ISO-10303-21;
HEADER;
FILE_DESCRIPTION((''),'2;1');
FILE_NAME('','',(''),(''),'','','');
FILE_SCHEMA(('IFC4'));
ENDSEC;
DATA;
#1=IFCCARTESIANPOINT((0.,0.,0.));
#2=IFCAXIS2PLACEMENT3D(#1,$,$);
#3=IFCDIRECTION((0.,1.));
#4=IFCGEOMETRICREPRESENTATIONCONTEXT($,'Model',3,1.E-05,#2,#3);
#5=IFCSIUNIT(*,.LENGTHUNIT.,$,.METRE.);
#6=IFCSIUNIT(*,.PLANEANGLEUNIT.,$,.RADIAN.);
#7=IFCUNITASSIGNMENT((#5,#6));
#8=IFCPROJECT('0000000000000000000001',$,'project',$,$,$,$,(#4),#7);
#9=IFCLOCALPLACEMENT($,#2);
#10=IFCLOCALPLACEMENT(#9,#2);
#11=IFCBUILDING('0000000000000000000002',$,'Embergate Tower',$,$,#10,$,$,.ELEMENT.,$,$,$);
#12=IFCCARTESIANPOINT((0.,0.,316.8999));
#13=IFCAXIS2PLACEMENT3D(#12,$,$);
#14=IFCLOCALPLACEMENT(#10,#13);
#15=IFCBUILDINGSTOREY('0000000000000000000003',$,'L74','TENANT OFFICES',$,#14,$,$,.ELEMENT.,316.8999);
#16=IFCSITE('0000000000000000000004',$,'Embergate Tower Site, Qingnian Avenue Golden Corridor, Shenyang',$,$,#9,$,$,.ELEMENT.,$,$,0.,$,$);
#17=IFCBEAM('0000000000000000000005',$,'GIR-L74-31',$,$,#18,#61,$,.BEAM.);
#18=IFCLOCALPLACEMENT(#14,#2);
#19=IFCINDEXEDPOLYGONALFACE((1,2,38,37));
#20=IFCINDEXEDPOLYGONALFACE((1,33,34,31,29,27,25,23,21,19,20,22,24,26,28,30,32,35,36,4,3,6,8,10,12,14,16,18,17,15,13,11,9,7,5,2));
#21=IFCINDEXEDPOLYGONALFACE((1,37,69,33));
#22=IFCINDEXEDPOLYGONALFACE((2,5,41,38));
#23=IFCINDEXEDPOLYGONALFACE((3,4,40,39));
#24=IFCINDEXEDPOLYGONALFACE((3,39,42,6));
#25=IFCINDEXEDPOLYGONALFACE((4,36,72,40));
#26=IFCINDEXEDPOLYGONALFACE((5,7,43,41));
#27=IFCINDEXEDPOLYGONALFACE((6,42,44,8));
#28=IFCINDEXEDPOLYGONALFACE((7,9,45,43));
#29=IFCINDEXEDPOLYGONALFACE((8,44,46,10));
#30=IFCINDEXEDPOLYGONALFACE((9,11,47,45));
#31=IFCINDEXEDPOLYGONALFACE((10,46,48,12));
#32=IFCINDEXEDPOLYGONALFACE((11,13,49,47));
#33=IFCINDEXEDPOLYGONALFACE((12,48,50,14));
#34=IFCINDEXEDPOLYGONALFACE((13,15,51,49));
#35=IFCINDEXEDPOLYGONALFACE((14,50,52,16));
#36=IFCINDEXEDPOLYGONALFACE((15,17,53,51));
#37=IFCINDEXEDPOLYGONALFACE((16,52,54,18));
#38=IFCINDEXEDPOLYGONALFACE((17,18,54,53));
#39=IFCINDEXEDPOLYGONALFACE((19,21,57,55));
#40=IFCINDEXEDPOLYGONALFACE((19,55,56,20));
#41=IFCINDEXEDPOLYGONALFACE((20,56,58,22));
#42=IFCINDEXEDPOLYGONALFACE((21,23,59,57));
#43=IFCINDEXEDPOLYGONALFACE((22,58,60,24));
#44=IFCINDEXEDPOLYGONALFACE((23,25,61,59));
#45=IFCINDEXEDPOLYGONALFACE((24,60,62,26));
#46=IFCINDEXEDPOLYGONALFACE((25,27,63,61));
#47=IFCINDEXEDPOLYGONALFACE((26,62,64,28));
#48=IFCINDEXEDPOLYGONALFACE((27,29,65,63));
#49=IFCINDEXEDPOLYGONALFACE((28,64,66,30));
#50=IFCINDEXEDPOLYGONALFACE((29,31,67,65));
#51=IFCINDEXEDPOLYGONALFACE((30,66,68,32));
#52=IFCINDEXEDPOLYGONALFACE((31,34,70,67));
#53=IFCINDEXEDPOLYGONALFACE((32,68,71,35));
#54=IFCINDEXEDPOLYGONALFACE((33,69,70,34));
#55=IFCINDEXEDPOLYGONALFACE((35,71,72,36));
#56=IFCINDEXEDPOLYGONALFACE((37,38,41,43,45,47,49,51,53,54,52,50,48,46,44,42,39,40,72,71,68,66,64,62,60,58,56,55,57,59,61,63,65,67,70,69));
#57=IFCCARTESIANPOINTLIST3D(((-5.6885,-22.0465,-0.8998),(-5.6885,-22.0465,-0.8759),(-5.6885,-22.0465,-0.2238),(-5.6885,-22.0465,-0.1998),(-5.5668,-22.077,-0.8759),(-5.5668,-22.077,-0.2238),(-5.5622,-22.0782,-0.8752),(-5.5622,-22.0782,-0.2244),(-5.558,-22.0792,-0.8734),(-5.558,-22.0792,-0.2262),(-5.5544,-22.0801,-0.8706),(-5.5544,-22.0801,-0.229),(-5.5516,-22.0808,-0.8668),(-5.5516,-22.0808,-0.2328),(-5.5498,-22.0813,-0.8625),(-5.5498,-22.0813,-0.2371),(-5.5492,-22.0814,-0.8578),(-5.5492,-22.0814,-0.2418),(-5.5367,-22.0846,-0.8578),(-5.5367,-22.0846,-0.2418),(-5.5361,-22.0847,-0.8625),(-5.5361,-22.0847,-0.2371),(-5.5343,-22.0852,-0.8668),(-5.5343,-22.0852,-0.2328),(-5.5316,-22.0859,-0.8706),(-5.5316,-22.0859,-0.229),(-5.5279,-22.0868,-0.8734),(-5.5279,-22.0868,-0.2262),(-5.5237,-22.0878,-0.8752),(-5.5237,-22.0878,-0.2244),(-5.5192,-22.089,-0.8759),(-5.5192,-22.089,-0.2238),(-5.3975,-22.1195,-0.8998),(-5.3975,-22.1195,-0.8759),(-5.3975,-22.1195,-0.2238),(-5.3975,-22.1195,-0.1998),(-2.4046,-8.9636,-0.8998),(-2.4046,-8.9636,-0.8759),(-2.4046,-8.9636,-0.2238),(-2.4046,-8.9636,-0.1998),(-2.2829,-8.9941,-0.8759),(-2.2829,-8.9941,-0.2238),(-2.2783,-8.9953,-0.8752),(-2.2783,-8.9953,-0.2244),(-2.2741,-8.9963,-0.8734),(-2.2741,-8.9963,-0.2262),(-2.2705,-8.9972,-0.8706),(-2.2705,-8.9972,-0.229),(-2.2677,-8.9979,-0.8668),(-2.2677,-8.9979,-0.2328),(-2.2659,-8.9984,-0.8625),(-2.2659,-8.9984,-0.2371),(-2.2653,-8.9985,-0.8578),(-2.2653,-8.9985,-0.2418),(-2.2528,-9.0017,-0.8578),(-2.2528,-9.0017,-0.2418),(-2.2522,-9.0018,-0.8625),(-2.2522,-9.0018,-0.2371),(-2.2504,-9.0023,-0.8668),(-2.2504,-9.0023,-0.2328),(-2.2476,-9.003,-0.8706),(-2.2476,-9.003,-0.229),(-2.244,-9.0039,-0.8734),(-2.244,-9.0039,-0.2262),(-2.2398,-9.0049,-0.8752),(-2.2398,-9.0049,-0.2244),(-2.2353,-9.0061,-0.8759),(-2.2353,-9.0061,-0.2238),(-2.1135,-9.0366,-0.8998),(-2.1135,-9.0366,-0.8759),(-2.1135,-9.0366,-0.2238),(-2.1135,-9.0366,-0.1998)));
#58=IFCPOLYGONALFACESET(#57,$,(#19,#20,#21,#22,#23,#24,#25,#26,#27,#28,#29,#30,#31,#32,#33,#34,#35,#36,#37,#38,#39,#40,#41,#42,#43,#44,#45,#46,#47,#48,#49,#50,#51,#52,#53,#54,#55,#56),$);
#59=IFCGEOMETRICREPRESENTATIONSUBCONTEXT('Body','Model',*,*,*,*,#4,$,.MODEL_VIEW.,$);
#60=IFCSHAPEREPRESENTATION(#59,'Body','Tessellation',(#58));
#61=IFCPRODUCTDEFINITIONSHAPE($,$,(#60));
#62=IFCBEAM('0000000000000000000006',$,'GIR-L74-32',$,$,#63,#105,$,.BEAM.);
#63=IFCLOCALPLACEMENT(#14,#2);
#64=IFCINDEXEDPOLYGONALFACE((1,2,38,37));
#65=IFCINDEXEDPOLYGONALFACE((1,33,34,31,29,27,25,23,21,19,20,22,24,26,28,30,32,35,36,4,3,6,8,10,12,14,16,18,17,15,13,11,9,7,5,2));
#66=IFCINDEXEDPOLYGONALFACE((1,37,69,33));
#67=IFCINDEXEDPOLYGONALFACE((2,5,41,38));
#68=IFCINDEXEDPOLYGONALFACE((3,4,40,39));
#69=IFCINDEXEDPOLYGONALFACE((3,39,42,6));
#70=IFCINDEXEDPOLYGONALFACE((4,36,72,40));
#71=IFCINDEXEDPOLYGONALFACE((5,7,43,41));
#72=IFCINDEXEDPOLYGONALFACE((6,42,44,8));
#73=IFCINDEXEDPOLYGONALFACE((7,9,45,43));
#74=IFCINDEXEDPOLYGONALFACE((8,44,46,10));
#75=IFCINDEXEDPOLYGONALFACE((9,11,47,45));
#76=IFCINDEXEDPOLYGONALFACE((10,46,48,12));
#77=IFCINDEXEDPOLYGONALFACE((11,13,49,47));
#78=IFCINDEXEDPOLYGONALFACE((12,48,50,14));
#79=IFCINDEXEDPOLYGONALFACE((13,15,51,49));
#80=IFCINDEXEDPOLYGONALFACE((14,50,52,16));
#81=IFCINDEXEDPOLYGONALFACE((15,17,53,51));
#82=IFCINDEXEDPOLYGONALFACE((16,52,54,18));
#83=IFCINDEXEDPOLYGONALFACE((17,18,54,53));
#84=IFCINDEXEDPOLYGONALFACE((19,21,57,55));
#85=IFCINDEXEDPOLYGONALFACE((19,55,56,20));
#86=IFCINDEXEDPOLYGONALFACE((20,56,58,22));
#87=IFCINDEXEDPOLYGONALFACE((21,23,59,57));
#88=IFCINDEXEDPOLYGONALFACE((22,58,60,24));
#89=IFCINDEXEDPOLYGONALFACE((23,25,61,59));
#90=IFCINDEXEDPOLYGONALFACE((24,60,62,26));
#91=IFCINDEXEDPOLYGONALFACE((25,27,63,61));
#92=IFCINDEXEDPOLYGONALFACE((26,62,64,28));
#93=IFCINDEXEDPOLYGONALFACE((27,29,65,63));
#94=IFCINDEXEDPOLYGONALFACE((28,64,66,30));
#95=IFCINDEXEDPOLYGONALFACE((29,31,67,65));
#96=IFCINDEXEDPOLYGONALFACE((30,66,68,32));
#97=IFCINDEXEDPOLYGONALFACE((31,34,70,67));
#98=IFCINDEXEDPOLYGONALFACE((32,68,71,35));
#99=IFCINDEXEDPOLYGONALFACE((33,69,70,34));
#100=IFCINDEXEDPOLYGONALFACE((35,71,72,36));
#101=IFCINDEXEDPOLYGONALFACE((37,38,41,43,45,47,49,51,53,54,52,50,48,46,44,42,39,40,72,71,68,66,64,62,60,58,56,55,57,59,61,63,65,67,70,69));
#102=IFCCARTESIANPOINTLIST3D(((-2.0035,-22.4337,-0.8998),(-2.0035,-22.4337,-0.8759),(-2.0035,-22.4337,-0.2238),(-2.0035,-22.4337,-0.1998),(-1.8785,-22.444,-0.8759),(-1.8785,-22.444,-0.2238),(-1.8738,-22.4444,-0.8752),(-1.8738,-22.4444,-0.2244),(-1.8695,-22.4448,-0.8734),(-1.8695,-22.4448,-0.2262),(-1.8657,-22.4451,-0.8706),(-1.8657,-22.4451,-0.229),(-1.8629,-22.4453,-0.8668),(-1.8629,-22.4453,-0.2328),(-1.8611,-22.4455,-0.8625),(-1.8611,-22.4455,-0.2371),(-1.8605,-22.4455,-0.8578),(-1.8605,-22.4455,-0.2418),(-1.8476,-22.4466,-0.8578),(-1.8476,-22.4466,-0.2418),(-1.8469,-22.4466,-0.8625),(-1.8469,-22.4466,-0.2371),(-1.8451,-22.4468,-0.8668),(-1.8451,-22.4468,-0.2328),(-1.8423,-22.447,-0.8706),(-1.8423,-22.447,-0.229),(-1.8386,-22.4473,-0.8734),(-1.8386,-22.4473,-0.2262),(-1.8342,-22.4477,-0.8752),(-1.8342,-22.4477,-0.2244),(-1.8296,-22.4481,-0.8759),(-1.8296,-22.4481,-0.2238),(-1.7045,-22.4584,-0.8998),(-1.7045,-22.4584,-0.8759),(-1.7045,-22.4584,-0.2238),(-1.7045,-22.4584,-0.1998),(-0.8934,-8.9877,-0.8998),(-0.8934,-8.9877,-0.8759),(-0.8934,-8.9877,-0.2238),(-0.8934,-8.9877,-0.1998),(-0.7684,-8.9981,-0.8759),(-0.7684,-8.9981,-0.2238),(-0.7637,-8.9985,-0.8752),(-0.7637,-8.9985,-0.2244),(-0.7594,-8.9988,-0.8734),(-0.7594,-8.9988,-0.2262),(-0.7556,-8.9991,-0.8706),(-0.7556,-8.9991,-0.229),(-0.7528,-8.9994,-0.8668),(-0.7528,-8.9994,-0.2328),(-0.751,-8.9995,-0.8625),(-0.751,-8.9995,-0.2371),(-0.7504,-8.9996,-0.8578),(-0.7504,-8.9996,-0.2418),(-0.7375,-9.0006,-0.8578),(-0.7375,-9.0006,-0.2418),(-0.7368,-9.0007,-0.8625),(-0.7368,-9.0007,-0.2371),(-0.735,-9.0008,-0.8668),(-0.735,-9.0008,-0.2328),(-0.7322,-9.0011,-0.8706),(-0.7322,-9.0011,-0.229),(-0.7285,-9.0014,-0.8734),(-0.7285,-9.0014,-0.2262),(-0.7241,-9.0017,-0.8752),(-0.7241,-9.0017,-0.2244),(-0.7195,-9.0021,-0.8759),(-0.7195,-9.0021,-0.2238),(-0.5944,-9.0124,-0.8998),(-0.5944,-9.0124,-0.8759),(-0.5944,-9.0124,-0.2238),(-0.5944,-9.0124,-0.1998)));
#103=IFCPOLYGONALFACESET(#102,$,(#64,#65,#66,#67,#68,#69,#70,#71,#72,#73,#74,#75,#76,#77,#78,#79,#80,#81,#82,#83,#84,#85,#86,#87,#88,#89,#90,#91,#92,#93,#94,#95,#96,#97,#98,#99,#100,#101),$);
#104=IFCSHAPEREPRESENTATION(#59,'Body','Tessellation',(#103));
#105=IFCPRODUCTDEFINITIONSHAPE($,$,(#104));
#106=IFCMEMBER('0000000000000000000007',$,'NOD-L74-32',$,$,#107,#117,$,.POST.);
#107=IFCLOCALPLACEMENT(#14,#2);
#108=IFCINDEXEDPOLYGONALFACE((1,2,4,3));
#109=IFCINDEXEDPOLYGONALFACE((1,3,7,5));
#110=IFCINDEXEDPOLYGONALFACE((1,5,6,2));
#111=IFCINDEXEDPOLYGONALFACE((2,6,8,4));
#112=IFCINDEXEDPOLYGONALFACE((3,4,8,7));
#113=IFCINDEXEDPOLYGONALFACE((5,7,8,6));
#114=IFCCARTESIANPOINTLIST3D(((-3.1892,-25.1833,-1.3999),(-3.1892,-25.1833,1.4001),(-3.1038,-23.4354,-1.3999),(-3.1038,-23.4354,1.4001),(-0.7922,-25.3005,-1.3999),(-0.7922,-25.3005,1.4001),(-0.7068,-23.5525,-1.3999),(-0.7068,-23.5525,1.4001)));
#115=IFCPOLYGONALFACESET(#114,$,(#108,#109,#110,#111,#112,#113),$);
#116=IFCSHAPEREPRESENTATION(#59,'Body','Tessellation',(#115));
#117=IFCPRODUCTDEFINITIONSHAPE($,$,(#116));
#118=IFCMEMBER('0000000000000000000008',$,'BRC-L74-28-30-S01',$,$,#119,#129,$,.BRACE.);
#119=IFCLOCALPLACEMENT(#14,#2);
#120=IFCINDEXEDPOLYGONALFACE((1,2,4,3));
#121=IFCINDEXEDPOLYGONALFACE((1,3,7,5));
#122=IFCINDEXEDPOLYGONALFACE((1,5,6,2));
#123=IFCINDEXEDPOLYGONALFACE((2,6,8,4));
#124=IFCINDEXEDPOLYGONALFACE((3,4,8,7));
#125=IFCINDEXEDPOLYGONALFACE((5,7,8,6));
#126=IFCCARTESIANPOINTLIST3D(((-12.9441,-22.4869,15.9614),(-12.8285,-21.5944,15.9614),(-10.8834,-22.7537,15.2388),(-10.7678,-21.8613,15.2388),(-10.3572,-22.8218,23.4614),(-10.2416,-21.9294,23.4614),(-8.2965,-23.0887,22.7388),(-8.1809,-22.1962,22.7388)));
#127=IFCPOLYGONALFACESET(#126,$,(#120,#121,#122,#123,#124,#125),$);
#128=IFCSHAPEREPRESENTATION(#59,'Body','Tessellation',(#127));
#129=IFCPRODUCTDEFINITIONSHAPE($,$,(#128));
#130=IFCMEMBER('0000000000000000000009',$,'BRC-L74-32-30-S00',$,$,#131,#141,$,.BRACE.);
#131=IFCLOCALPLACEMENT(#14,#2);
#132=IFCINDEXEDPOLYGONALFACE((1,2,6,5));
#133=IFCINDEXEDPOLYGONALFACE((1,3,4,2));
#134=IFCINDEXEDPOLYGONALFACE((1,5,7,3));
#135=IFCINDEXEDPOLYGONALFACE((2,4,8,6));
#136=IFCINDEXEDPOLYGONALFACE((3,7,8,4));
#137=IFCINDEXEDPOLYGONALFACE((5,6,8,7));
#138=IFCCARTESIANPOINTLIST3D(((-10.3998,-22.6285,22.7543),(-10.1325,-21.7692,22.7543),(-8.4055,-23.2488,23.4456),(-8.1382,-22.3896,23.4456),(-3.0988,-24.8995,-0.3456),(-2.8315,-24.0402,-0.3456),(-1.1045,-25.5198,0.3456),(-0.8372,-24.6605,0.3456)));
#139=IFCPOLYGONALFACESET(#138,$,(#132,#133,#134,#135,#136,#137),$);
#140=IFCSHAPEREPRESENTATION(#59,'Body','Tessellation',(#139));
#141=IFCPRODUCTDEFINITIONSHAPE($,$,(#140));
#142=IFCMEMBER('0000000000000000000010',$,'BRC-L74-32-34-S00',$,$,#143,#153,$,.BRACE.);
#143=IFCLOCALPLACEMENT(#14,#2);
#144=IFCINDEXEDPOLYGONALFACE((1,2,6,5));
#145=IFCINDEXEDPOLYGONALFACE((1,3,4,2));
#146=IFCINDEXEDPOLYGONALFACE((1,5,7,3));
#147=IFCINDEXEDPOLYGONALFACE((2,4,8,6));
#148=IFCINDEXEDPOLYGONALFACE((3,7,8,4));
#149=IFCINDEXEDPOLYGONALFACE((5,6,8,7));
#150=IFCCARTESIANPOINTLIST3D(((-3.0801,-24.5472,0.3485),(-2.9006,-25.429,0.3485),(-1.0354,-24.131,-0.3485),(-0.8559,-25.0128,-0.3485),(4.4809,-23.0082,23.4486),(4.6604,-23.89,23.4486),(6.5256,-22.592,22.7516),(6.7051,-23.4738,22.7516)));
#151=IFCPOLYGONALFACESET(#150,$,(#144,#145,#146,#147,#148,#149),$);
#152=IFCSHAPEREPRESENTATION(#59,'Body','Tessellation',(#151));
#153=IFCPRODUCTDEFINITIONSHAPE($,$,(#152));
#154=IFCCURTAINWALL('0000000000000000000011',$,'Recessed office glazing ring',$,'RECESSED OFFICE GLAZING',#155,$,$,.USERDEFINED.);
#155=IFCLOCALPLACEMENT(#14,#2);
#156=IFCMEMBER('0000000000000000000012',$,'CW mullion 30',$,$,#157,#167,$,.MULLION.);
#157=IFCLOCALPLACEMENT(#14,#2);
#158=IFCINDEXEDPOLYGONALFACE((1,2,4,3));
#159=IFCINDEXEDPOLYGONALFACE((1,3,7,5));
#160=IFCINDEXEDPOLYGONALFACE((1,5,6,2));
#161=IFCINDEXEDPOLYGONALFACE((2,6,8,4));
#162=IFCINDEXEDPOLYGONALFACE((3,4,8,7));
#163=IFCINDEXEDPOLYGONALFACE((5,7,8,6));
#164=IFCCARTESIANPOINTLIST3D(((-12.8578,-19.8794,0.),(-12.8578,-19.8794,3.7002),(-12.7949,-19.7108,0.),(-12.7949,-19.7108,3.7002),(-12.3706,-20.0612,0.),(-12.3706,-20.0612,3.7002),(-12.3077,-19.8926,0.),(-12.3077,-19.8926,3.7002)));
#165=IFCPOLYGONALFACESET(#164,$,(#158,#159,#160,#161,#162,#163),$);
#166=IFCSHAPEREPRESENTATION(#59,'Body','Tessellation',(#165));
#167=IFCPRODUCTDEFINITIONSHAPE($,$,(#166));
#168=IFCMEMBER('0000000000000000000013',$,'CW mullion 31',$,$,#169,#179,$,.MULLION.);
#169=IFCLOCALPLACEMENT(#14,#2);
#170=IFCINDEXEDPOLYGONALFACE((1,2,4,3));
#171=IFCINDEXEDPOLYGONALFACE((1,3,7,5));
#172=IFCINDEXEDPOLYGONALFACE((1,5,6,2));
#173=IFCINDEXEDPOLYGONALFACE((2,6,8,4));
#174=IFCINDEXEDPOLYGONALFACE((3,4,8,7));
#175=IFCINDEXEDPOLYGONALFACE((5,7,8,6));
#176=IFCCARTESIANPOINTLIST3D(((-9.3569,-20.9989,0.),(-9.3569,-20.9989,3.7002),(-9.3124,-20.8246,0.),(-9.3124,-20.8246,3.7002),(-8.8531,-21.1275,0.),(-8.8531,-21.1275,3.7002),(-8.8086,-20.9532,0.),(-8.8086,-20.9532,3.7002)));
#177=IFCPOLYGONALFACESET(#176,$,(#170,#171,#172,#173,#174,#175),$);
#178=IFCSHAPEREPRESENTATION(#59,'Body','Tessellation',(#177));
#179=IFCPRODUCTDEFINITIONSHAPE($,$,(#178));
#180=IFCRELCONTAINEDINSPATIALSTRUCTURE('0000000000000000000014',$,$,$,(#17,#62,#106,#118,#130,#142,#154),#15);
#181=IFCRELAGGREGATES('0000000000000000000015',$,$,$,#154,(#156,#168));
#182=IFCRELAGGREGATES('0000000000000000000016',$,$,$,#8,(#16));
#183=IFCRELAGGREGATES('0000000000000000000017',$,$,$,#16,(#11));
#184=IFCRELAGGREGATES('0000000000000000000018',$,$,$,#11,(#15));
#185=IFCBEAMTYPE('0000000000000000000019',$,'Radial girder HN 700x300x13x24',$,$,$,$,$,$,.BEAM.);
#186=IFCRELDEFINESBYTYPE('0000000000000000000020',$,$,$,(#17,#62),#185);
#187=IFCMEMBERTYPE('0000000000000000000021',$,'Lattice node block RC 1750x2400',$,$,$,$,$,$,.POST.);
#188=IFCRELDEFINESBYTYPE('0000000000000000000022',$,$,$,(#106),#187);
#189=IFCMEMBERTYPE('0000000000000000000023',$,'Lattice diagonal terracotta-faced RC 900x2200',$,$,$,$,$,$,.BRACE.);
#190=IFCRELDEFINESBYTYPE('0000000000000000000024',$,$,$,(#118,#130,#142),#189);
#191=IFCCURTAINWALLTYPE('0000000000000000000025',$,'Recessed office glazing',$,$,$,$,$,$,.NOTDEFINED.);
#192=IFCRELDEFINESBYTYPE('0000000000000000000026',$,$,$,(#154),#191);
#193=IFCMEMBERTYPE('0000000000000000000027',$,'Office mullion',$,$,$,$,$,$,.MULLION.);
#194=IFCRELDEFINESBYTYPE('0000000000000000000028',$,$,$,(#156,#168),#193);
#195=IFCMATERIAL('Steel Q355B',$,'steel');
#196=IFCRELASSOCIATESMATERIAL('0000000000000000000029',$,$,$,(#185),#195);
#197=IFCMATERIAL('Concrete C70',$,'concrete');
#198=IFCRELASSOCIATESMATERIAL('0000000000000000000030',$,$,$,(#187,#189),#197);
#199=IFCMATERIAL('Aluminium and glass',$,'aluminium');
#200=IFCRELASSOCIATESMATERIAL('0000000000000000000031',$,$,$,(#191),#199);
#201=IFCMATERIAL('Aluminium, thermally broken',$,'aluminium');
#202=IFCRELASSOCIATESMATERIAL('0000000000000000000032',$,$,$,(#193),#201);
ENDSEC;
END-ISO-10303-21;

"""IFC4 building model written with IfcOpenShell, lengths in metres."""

from ifc_helpers import new_model, si_unit, direction, frame, origin, origin_2d, place, context, subcontext, project, spatial, rectangle, i_section, extrude, source, transform, mapped, material, material_profile, profile_set, type_object, element, aggregate, save


model = new_model("IFC4")

# Units and contexts
model_context = context("Model", 3, precision=1e-05, world=origin(), true_north=direction((0.0, 1.0)))
body_context = subcontext(model_context, "Body", "Model", "MODEL_VIEW")
ifc_project = project(units=[si_unit("LENGTHUNIT", "METRE"), si_unit("PLANEANGLEUNIT", "RADIAN")], contexts=[model_context])

# Site, building, storey
site_placement = place(None, origin())
site = spatial("IfcSite", under=ifc_project, at=site_placement, Name="Embergate Tower Site, Qingnian Avenue Golden Corridor, Shenyang", CompositionType="ELEMENT", RefElevation=0.0)
building_placement = place(site_placement, origin())
building = spatial("IfcBuilding", under=site, at=building_placement, Name="Embergate Tower", CompositionType="ELEMENT")
storey_placement = place(building_placement, frame((0.0, 0.0, 316.8999)))
storey = spatial("IfcBuildingStorey", under=building, at=storey_placement, Name="L74", Description="TENANT OFFICES", CompositionType="ELEMENT", Elevation=316.8999)

# Beams
ifc_material_1 = material(Name="Steel Q355B", Category="steel")
ifc_material_profile_1 = material_profile(ifc_material_1, i_section(OverallWidth=0.3, OverallDepth=0.7, WebThickness=0.0129, FlangeThickness=0.0239, FilletRadius=0.0181, at=origin_2d()), Name="HN 700x300x13x24")
ifc_profile_set_1 = profile_set([ifc_material_profile_1], Name="Steel Q355 grade B")
beam_type_1 = type_object("IfcBeamType", Name="Radial girder HN 700x300x13x24", PredefinedType="BEAM", material=ifc_profile_set_1)
shared_shape_1 = source(origin(), body_context, "Body", "SweptSolid", [
    extrude(i_section(OverallWidth=0.3, OverallDepth=0.7, WebThickness=0.0129, FlangeThickness=0.0239, FilletRadius=0.0181, at=origin_2d()), origin(), (0.0, 0.0, 1.0), 13.4888),
])
beam_1_placement = place(storey_placement, frame((-5.543, -22.083, -0.5498), z_axis=(0.243455, 0.969912, 0.0), x_axis=(-0.969912, 0.243455, 0.0)))
element("IfcBeam", 1, at=beam_1_placement, inside=storey, type_object=beam_type_1, Name="GIR-L74-31", PredefinedType="BEAM", context=body_context, shape_type="MappedRepresentation", body=[
    mapped(shared_shape_1, transform((0.0, 0.0, 0.0))),
])
shared_shape_2 = source(origin(), body_context, "Body", "SweptSolid", [
    extrude(i_section(OverallWidth=0.3, OverallDepth=0.7, WebThickness=0.0129, FlangeThickness=0.0239, FilletRadius=0.0181, at=origin_2d()), origin(), (0.0, 0.0, 1.0), 13.4917),
])
beam_2_placement = place(storey_placement, frame((-1.854, -22.446, -0.5498), z_axis=(0.08228, 0.996609, 0.0), x_axis=(-0.996609, 0.08228, 0.0)))
element("IfcBeam", 2, at=beam_2_placement, inside=storey, type_object=beam_type_1, Name="GIR-L74-32", PredefinedType="BEAM", context=body_context, shape_type="MappedRepresentation", body=[
    mapped(shared_shape_2, transform((0.0, 0.0, 0.0))),
])

# Members
ifc_material_2 = material(Name="Concrete C70", Category="concrete")
ifc_material_profile_2 = material_profile(ifc_material_2, rectangle(XDim=1.75, YDim=2.3999, at=origin_2d()), Name="RC 1750x2400")
ifc_profile_set_2 = profile_set([ifc_material_profile_2], Name="Concrete C70")
member_type_1 = type_object("IfcMemberType", Name="Lattice node block RC 1750x2400", PredefinedType="POST", material=ifc_profile_set_2)
shared_shape_3 = source(origin(), body_context, "Body", "SweptSolid", [
    extrude(rectangle(XDim=1.75, YDim=2.3999, at=origin_2d()), origin(), (0.0, 0.0, 1.0), 2.8),
])
member_1_placement = place(storey_placement, frame((-1.948, -24.3679, -1.3999), z_axis=(0.0, 0.0, 1.0), x_axis=(-0.048815, -0.998808, 0.0)))
element("IfcMember", 3, at=member_1_placement, inside=storey, type_object=member_type_1, Name="NOD-L74-32", PredefinedType="POST", context=body_context, shape_type="MappedRepresentation", body=[
    mapped(shared_shape_3, transform((0.0, 0.0, 0.0))),
])
ifc_material_profile_3 = material_profile(ifc_material_2, rectangle(XDim=0.8999, YDim=2.2, at=origin_2d()), Name="RC 900x2200")
ifc_profile_set_3 = profile_set([ifc_material_profile_3], Name="Concrete C70")
member_type_2 = type_object("IfcMemberType", Name="Lattice diagonal terracotta-faced RC 900x2200", PredefinedType="BRACE", material=ifc_profile_set_3)
shared_shape_4 = source(origin(), body_context, "Body", "SweptSolid", [
    extrude(rectangle(XDim=0.8999, YDim=2.2, at=origin_2d()), origin(), (0.0, 0.0, 1.0), 7.9407),
])
member_2_placement = place(storey_placement, frame((-11.856, -22.1741, 15.6001), z_axis=(0.32578, -0.042183, 0.944504), x_axis=(0.128411, 0.991721, 0.0)))
element("IfcMember", 4, at=member_2_placement, inside=storey, type_object=member_type_2, Name="BRC-L74-28-30-S01", PredefinedType="BRACE", context=body_context, shape_type="MappedRepresentation", body=[
    mapped(shared_shape_4, transform((0.0, 0.0, 0.0))),
])
shared_shape_5 = source(origin(), body_context, "Body", "SweptSolid", [
    extrude(rectangle(XDim=0.8999, YDim=2.2, at=origin_2d()), origin(), (0.0, 0.0, 1.0), 24.3325),
])
member_3_placement = place(storey_placement, frame((-1.968, -24.78, 0.0), z_axis=(-0.300051, 0.093331, 0.949347), x_axis=(-0.297015, -0.954873, 0.0)))
element("IfcMember", 5, at=member_3_placement, inside=storey, type_object=member_type_2, Name="BRC-L74-32-30-S00", PredefinedType="BRACE", context=body_context, shape_type="MappedRepresentation", body=[
    mapped(shared_shape_5, transform((0.0, 0.0, 0.0))),
])
shared_shape_6 = source(origin(), body_context, "Body", "SweptSolid", [
    extrude(rectangle(XDim=0.8999, YDim=2.2, at=origin_2d()), origin(), (0.0, 0.0, 1.0), 24.3547),
])
member_4_placement = place(storey_placement, frame((-1.968, -24.78, 0.0), z_axis=(0.310455, 0.063194, 0.948485), x_axis=(-0.199462, 0.979906, 0.0)))
element("IfcMember", 6, at=member_4_placement, inside=storey, type_object=member_type_2, Name="BRC-L74-32-34-S00", PredefinedType="BRACE", context=body_context, shape_type="MappedRepresentation", body=[
    mapped(shared_shape_6, transform((0.0, 0.0, 0.0))),
])

# Curtain wall, members
ifc_material_3 = material(Name="Aluminium and glass", Category="aluminium")
curtain_wall_type = type_object("IfcCurtainWallType", Name="Recessed office glazing", PredefinedType="NOTDEFINED", material=ifc_material_3)
curtain_wall_placement = place(storey_placement, origin())
curtain_wall = element("IfcCurtainWall", 7, at=curtain_wall_placement, inside=storey, type_object=curtain_wall_type, Name="Recessed office glazing ring", ObjectType="RECESSED OFFICE GLAZING", PredefinedType="USERDEFINED")
ifc_material_4 = material(Name="Aluminium, thermally broken", Category="aluminium")
ifc_material_profile_4 = material_profile(ifc_material_4, rectangle(XDim=0.1799, YDim=0.52, at=origin_2d()), Name="AL 520x180")
ifc_profile_set_4 = profile_set([ifc_material_profile_4], Name="Aluminium, thermally broken")
member_type_3 = type_object("IfcMemberType", Name="Office mullion", PredefinedType="MULLION", material=ifc_profile_set_4)
shared_shape_7 = source(origin(), body_context, "Body", "SweptSolid", [
    extrude(rectangle(XDim=0.1799, YDim=0.52, at=origin_2d()), origin(), (0.0, 0.0, 1.0), 3.7002),
])
member_5_placement = place(storey_placement, frame((-12.5828, -19.886, 0.0), z_axis=(0.0, 0.0, 1.0), x_axis=(0.349501, 0.936936, 0.0)))
member_5 = element("IfcMember", 8, at=member_5_placement, type_object=member_type_3, Name="CW mullion 30", PredefinedType="MULLION", context=body_context, shape_type="MappedRepresentation", body=[
    mapped(shared_shape_7, transform((0.0, 0.0, 0.0))),
])
member_6_placement = place(storey_placement, frame((-9.0828, -20.9761, 0.0), z_axis=(0.0, 0.0, 1.0), x_axis=(0.24731, 0.968936, 0.0)))
member_6 = element("IfcMember", 9, at=member_6_placement, type_object=member_type_3, Name="CW mullion 31", PredefinedType="MULLION", context=body_context, shape_type="MappedRepresentation", body=[
    mapped(shared_shape_7, transform((0.0, 0.0, 0.0))),
])

aggregate(curtain_wall, [member_5, member_6])

save(model, "model.ifc")
